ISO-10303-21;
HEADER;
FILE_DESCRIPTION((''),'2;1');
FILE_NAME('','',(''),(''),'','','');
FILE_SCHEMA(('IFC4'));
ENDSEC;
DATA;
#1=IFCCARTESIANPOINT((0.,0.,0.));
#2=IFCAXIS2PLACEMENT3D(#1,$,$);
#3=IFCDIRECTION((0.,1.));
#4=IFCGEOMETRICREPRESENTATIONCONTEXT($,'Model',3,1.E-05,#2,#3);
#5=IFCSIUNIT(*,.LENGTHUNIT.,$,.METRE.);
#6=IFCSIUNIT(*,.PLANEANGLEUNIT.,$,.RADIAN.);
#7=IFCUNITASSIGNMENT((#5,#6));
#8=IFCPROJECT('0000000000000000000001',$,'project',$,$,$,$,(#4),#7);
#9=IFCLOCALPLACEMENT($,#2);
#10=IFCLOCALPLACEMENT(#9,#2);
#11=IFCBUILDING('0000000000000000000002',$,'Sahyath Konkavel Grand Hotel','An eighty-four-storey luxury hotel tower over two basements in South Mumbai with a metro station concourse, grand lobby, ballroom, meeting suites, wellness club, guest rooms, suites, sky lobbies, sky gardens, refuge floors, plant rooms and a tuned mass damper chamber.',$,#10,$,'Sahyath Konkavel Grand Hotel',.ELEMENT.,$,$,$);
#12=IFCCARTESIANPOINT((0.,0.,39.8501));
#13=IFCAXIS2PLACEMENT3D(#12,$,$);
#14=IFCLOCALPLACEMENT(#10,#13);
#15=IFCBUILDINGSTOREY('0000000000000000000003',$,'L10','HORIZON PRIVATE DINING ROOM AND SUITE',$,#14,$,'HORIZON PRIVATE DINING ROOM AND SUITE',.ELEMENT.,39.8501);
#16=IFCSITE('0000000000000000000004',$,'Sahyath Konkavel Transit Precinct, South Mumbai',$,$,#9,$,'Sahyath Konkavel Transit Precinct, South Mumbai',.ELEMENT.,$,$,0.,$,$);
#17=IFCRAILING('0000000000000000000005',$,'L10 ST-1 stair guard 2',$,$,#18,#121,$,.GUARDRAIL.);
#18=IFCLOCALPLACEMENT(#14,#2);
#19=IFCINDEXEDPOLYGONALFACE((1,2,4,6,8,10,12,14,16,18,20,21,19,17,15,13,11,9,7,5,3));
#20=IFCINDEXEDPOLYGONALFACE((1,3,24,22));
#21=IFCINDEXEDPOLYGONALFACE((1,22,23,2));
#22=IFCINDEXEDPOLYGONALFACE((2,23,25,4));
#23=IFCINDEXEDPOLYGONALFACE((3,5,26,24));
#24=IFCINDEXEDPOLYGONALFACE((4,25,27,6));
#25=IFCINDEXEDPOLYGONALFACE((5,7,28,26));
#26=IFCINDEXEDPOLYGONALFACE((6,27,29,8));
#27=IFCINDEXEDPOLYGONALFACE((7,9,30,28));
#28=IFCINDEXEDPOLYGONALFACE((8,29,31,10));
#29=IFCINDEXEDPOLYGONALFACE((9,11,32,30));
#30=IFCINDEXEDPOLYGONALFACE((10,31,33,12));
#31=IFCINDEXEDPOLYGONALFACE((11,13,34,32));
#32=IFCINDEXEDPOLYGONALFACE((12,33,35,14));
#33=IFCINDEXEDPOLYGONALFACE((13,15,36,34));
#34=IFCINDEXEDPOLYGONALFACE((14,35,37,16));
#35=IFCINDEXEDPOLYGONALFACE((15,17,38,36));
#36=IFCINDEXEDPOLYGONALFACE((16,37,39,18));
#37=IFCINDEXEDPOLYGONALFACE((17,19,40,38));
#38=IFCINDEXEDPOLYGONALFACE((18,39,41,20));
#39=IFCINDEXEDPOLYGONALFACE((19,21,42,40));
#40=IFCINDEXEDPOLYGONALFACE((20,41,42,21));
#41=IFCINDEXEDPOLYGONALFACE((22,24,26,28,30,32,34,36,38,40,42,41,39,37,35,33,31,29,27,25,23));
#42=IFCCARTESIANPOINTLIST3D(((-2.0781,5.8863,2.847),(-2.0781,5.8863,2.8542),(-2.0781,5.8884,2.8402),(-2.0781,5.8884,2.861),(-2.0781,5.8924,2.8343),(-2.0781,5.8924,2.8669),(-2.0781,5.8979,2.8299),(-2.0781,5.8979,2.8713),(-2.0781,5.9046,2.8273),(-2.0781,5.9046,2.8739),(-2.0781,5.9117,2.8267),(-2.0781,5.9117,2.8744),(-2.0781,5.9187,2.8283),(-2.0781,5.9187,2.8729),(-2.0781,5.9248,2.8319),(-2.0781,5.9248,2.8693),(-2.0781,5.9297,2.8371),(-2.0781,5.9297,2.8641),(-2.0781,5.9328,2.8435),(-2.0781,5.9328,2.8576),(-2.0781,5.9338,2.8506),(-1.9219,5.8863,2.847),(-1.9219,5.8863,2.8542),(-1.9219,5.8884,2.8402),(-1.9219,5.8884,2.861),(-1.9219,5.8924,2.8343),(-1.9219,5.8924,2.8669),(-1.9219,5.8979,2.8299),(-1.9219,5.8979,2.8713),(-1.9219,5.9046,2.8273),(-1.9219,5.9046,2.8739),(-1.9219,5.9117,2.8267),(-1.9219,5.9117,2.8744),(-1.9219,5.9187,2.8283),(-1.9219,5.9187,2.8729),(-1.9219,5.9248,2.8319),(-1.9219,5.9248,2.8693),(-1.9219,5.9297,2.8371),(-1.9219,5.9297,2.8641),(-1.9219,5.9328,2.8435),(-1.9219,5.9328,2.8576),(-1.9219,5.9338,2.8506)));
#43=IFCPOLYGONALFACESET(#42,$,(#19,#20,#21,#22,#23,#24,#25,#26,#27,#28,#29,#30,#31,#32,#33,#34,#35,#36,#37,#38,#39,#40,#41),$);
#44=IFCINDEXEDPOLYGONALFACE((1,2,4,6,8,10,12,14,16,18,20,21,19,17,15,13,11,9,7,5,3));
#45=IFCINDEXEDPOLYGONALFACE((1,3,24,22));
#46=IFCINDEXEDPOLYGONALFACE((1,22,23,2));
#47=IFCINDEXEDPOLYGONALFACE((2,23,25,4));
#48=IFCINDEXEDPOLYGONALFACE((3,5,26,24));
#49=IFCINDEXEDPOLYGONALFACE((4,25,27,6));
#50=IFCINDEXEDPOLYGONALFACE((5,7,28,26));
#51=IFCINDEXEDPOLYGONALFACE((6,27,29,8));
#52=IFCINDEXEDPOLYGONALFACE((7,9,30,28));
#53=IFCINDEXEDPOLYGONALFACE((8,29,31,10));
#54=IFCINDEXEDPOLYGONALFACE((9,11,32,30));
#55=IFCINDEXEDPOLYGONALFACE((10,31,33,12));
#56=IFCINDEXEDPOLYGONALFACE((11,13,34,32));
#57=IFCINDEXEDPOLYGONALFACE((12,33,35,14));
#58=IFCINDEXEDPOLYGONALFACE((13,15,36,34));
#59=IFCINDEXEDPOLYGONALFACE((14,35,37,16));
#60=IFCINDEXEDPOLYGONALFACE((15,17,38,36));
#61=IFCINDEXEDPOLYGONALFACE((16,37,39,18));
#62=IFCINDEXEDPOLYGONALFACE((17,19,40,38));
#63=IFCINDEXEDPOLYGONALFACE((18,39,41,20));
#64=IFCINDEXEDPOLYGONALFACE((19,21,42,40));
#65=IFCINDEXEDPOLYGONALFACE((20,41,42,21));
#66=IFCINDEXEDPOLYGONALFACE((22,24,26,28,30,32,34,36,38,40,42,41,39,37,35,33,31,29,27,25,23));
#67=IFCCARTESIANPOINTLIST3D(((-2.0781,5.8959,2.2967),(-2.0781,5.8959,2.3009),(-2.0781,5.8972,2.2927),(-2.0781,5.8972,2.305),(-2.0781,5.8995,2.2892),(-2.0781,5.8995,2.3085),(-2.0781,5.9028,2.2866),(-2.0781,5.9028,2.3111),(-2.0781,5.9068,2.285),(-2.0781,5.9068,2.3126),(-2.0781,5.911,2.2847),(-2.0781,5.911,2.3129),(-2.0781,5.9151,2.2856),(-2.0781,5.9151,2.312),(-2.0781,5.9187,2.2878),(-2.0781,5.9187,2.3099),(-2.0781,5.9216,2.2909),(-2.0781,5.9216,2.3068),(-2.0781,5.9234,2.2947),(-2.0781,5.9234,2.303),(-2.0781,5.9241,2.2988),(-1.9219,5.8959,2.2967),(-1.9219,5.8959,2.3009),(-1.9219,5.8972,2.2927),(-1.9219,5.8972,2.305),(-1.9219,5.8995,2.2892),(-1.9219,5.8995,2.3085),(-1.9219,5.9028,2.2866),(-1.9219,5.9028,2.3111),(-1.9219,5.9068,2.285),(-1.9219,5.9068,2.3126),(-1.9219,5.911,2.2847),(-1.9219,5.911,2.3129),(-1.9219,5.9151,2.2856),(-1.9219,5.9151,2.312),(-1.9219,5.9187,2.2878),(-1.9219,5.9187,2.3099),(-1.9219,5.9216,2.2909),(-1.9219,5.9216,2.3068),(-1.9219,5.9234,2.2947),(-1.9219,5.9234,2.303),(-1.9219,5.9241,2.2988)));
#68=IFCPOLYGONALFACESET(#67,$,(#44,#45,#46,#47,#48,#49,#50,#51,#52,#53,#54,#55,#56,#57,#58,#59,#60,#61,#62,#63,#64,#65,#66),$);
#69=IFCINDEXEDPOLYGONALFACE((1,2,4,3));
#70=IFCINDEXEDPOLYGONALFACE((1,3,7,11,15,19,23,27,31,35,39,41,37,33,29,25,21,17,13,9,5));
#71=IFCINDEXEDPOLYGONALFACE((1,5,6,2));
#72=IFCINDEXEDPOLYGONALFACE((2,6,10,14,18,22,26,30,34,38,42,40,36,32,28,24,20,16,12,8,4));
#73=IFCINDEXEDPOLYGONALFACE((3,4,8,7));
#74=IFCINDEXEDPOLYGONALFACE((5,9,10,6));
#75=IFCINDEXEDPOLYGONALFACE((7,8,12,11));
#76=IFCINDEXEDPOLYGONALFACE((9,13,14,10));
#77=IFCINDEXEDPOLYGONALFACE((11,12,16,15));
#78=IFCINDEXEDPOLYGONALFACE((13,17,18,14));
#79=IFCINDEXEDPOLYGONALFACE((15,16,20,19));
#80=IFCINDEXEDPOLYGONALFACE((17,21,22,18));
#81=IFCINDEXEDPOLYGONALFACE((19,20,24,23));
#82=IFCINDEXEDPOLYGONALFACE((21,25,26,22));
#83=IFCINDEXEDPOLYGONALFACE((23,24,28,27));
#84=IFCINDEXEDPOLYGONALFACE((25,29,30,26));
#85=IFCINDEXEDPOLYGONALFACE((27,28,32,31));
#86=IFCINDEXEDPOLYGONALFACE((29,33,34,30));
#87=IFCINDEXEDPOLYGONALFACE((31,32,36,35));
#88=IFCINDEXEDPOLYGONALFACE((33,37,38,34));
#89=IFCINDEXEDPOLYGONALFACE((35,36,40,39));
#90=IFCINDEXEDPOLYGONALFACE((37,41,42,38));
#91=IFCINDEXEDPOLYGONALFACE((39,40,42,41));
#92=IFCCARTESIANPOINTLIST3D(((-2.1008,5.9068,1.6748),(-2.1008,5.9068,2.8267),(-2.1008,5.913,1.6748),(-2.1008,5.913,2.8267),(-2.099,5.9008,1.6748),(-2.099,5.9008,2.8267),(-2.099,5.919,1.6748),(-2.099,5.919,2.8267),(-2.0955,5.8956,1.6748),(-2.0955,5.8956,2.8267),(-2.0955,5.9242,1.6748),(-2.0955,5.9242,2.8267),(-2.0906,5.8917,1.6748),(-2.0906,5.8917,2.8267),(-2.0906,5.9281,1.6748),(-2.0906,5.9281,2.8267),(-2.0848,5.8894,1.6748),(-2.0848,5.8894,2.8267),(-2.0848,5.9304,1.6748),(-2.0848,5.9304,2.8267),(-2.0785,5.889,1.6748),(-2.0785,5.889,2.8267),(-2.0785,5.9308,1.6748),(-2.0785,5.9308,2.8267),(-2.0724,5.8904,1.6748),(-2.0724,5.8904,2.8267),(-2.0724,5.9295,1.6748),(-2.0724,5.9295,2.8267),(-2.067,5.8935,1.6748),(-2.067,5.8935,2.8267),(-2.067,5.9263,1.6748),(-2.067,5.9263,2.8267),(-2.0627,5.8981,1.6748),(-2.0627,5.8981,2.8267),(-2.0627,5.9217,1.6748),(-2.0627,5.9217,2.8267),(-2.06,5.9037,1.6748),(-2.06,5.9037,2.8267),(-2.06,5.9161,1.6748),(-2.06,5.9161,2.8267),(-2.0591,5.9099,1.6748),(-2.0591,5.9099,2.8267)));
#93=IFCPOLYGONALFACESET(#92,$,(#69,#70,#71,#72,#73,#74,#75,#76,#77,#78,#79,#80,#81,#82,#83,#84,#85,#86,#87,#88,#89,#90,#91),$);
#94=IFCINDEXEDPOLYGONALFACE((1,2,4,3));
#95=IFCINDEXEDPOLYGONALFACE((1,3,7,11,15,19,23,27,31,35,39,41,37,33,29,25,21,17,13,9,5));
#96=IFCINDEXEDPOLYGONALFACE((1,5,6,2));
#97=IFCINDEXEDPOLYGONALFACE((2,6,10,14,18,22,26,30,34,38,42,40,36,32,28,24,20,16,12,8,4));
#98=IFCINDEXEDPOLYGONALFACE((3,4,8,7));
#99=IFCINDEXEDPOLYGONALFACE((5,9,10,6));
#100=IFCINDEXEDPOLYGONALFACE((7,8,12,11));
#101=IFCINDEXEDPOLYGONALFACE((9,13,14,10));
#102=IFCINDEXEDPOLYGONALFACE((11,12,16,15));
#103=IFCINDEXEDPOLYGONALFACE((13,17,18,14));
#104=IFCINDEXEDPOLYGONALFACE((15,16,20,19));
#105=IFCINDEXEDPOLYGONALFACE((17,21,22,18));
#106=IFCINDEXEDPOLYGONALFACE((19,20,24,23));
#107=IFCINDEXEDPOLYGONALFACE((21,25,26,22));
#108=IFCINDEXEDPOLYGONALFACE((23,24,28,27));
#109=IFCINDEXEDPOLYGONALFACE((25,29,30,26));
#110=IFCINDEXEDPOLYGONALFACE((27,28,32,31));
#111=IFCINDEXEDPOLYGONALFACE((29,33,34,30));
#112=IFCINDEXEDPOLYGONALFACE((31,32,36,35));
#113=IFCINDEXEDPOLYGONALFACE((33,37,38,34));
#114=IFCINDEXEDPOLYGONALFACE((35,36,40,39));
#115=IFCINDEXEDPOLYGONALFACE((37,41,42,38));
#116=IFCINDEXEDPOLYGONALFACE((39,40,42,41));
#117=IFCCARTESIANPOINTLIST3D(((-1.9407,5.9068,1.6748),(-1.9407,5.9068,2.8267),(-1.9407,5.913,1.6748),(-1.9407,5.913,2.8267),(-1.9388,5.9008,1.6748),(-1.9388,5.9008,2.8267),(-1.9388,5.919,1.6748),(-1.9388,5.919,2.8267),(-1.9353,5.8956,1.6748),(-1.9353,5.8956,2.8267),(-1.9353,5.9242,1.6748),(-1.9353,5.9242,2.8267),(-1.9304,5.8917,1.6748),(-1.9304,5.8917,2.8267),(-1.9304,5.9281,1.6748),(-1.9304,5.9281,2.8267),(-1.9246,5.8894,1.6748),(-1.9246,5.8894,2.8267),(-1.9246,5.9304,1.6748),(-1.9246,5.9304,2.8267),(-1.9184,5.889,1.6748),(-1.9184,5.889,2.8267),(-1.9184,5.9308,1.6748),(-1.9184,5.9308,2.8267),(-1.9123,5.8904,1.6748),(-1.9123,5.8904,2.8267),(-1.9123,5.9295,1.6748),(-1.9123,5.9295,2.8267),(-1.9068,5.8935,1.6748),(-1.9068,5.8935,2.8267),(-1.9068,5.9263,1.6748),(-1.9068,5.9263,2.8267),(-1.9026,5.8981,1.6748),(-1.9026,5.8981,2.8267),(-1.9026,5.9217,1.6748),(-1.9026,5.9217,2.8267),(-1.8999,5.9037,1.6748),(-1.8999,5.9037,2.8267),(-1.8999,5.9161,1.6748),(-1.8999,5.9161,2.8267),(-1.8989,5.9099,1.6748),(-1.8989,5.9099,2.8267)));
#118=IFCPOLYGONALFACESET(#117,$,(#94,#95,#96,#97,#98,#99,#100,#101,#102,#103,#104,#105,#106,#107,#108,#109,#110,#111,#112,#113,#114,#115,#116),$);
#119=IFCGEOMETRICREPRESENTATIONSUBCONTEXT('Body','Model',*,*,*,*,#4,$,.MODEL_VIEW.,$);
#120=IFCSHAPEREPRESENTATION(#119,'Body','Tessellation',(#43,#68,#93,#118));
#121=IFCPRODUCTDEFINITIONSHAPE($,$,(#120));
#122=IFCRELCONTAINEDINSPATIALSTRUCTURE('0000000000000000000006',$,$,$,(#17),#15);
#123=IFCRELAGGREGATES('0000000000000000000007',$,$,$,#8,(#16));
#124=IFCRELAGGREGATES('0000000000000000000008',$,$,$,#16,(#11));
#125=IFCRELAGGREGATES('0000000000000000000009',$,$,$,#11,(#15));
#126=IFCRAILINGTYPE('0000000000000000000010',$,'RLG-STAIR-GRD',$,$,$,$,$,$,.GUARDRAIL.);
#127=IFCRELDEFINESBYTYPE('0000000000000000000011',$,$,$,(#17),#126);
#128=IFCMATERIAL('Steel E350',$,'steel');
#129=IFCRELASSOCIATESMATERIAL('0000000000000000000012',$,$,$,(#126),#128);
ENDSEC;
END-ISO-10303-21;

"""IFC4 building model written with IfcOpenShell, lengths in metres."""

from ifc_helpers import new_model, si_unit, direction, frame, origin, origin_2d, place, context, subcontext, project, spatial, circle, extrude, material, type_object, element, save


model = new_model("IFC4")

# Units and contexts
model_context = context("Model", 3, precision=1e-05, world=origin(), true_north=direction((0.0, 1.0)))
body_context = subcontext(model_context, "Body", "Model", "MODEL_VIEW")
ifc_project = project(units=[si_unit("LENGTHUNIT", "METRE"), si_unit("PLANEANGLEUNIT", "RADIAN")], contexts=[model_context])

# Site, building, storey
site_placement = place(None, origin())
site = spatial("IfcSite", under=ifc_project, at=site_placement, Name="Sahyath Konkavel Transit Precinct, South Mumbai", LongName="Sahyath Konkavel Transit Precinct, South Mumbai", CompositionType="ELEMENT", RefElevation=0.0)
building_placement = place(site_placement, origin())
building = spatial("IfcBuilding", under=site, at=building_placement, Name="Sahyath Konkavel Grand Hotel", Description="An eighty-four-storey luxury hotel tower over two basements in South Mumbai with a metro station concourse, grand lobby, ballroom, meeting suites, wellness club, guest rooms, suites, sky lobbies, sky gardens, refuge floors, plant rooms and a tuned mass damper chamber.", LongName="Sahyath Konkavel Grand Hotel", CompositionType="ELEMENT")
storey_placement = place(building_placement, frame((0.0, 0.0, 39.8501)))
storey = spatial("IfcBuildingStorey", under=building, at=storey_placement, Name="L10", Description="HORIZON PRIVATE DINING ROOM AND SUITE", LongName="HORIZON PRIVATE DINING ROOM AND SUITE", CompositionType="ELEMENT", Elevation=39.8501)

# Shared definitions
ifc_material_1 = material(Name="Steel E350", Category="steel")

# Railing
railing_type_1 = type_object("IfcRailingType", Name="RLG-STAIR-GRD", PredefinedType="GUARDRAIL", material=ifc_material_1)
railing_1_placement = place(storey_placement, frame((-2.0801, 5.9099, 1.6748)))
element("IfcRailing", 1, at=railing_1_placement, inside=storey, type_object=railing_type_1, Name="L10 ST-1 stair guard 2", PredefinedType="GUARDRAIL", context=body_context, shape_type="SweptSolid", body=[
    extrude(circle(Radius=0.0239, at=origin_2d()), frame((0.002, 0.0, 1.1758), z_axis=(1.0, 0.0, 0.0), x_axis=(0.0, 1.0, 0.0)), (0.0, 0.0, 1.0), 0.1562),
    extrude(circle(Radius=0.0142, at=origin_2d()), frame((0.002, 0.0, 0.624), z_axis=(1.0, 0.0, 0.0), x_axis=(0.0, 1.0, 0.0)), (0.0, 0.0, 1.0), 0.1562),
    extrude(circle(Radius=0.021, at=origin_2d()), origin(), (0.0, 0.0, 1.0), 1.1519),
    extrude(circle(Radius=0.021, at=origin_2d()), frame((0.1602, 0.0, 0.0)), (0.0, 0.0, 1.0), 1.1519),
])

save(model, "model.ifc")
